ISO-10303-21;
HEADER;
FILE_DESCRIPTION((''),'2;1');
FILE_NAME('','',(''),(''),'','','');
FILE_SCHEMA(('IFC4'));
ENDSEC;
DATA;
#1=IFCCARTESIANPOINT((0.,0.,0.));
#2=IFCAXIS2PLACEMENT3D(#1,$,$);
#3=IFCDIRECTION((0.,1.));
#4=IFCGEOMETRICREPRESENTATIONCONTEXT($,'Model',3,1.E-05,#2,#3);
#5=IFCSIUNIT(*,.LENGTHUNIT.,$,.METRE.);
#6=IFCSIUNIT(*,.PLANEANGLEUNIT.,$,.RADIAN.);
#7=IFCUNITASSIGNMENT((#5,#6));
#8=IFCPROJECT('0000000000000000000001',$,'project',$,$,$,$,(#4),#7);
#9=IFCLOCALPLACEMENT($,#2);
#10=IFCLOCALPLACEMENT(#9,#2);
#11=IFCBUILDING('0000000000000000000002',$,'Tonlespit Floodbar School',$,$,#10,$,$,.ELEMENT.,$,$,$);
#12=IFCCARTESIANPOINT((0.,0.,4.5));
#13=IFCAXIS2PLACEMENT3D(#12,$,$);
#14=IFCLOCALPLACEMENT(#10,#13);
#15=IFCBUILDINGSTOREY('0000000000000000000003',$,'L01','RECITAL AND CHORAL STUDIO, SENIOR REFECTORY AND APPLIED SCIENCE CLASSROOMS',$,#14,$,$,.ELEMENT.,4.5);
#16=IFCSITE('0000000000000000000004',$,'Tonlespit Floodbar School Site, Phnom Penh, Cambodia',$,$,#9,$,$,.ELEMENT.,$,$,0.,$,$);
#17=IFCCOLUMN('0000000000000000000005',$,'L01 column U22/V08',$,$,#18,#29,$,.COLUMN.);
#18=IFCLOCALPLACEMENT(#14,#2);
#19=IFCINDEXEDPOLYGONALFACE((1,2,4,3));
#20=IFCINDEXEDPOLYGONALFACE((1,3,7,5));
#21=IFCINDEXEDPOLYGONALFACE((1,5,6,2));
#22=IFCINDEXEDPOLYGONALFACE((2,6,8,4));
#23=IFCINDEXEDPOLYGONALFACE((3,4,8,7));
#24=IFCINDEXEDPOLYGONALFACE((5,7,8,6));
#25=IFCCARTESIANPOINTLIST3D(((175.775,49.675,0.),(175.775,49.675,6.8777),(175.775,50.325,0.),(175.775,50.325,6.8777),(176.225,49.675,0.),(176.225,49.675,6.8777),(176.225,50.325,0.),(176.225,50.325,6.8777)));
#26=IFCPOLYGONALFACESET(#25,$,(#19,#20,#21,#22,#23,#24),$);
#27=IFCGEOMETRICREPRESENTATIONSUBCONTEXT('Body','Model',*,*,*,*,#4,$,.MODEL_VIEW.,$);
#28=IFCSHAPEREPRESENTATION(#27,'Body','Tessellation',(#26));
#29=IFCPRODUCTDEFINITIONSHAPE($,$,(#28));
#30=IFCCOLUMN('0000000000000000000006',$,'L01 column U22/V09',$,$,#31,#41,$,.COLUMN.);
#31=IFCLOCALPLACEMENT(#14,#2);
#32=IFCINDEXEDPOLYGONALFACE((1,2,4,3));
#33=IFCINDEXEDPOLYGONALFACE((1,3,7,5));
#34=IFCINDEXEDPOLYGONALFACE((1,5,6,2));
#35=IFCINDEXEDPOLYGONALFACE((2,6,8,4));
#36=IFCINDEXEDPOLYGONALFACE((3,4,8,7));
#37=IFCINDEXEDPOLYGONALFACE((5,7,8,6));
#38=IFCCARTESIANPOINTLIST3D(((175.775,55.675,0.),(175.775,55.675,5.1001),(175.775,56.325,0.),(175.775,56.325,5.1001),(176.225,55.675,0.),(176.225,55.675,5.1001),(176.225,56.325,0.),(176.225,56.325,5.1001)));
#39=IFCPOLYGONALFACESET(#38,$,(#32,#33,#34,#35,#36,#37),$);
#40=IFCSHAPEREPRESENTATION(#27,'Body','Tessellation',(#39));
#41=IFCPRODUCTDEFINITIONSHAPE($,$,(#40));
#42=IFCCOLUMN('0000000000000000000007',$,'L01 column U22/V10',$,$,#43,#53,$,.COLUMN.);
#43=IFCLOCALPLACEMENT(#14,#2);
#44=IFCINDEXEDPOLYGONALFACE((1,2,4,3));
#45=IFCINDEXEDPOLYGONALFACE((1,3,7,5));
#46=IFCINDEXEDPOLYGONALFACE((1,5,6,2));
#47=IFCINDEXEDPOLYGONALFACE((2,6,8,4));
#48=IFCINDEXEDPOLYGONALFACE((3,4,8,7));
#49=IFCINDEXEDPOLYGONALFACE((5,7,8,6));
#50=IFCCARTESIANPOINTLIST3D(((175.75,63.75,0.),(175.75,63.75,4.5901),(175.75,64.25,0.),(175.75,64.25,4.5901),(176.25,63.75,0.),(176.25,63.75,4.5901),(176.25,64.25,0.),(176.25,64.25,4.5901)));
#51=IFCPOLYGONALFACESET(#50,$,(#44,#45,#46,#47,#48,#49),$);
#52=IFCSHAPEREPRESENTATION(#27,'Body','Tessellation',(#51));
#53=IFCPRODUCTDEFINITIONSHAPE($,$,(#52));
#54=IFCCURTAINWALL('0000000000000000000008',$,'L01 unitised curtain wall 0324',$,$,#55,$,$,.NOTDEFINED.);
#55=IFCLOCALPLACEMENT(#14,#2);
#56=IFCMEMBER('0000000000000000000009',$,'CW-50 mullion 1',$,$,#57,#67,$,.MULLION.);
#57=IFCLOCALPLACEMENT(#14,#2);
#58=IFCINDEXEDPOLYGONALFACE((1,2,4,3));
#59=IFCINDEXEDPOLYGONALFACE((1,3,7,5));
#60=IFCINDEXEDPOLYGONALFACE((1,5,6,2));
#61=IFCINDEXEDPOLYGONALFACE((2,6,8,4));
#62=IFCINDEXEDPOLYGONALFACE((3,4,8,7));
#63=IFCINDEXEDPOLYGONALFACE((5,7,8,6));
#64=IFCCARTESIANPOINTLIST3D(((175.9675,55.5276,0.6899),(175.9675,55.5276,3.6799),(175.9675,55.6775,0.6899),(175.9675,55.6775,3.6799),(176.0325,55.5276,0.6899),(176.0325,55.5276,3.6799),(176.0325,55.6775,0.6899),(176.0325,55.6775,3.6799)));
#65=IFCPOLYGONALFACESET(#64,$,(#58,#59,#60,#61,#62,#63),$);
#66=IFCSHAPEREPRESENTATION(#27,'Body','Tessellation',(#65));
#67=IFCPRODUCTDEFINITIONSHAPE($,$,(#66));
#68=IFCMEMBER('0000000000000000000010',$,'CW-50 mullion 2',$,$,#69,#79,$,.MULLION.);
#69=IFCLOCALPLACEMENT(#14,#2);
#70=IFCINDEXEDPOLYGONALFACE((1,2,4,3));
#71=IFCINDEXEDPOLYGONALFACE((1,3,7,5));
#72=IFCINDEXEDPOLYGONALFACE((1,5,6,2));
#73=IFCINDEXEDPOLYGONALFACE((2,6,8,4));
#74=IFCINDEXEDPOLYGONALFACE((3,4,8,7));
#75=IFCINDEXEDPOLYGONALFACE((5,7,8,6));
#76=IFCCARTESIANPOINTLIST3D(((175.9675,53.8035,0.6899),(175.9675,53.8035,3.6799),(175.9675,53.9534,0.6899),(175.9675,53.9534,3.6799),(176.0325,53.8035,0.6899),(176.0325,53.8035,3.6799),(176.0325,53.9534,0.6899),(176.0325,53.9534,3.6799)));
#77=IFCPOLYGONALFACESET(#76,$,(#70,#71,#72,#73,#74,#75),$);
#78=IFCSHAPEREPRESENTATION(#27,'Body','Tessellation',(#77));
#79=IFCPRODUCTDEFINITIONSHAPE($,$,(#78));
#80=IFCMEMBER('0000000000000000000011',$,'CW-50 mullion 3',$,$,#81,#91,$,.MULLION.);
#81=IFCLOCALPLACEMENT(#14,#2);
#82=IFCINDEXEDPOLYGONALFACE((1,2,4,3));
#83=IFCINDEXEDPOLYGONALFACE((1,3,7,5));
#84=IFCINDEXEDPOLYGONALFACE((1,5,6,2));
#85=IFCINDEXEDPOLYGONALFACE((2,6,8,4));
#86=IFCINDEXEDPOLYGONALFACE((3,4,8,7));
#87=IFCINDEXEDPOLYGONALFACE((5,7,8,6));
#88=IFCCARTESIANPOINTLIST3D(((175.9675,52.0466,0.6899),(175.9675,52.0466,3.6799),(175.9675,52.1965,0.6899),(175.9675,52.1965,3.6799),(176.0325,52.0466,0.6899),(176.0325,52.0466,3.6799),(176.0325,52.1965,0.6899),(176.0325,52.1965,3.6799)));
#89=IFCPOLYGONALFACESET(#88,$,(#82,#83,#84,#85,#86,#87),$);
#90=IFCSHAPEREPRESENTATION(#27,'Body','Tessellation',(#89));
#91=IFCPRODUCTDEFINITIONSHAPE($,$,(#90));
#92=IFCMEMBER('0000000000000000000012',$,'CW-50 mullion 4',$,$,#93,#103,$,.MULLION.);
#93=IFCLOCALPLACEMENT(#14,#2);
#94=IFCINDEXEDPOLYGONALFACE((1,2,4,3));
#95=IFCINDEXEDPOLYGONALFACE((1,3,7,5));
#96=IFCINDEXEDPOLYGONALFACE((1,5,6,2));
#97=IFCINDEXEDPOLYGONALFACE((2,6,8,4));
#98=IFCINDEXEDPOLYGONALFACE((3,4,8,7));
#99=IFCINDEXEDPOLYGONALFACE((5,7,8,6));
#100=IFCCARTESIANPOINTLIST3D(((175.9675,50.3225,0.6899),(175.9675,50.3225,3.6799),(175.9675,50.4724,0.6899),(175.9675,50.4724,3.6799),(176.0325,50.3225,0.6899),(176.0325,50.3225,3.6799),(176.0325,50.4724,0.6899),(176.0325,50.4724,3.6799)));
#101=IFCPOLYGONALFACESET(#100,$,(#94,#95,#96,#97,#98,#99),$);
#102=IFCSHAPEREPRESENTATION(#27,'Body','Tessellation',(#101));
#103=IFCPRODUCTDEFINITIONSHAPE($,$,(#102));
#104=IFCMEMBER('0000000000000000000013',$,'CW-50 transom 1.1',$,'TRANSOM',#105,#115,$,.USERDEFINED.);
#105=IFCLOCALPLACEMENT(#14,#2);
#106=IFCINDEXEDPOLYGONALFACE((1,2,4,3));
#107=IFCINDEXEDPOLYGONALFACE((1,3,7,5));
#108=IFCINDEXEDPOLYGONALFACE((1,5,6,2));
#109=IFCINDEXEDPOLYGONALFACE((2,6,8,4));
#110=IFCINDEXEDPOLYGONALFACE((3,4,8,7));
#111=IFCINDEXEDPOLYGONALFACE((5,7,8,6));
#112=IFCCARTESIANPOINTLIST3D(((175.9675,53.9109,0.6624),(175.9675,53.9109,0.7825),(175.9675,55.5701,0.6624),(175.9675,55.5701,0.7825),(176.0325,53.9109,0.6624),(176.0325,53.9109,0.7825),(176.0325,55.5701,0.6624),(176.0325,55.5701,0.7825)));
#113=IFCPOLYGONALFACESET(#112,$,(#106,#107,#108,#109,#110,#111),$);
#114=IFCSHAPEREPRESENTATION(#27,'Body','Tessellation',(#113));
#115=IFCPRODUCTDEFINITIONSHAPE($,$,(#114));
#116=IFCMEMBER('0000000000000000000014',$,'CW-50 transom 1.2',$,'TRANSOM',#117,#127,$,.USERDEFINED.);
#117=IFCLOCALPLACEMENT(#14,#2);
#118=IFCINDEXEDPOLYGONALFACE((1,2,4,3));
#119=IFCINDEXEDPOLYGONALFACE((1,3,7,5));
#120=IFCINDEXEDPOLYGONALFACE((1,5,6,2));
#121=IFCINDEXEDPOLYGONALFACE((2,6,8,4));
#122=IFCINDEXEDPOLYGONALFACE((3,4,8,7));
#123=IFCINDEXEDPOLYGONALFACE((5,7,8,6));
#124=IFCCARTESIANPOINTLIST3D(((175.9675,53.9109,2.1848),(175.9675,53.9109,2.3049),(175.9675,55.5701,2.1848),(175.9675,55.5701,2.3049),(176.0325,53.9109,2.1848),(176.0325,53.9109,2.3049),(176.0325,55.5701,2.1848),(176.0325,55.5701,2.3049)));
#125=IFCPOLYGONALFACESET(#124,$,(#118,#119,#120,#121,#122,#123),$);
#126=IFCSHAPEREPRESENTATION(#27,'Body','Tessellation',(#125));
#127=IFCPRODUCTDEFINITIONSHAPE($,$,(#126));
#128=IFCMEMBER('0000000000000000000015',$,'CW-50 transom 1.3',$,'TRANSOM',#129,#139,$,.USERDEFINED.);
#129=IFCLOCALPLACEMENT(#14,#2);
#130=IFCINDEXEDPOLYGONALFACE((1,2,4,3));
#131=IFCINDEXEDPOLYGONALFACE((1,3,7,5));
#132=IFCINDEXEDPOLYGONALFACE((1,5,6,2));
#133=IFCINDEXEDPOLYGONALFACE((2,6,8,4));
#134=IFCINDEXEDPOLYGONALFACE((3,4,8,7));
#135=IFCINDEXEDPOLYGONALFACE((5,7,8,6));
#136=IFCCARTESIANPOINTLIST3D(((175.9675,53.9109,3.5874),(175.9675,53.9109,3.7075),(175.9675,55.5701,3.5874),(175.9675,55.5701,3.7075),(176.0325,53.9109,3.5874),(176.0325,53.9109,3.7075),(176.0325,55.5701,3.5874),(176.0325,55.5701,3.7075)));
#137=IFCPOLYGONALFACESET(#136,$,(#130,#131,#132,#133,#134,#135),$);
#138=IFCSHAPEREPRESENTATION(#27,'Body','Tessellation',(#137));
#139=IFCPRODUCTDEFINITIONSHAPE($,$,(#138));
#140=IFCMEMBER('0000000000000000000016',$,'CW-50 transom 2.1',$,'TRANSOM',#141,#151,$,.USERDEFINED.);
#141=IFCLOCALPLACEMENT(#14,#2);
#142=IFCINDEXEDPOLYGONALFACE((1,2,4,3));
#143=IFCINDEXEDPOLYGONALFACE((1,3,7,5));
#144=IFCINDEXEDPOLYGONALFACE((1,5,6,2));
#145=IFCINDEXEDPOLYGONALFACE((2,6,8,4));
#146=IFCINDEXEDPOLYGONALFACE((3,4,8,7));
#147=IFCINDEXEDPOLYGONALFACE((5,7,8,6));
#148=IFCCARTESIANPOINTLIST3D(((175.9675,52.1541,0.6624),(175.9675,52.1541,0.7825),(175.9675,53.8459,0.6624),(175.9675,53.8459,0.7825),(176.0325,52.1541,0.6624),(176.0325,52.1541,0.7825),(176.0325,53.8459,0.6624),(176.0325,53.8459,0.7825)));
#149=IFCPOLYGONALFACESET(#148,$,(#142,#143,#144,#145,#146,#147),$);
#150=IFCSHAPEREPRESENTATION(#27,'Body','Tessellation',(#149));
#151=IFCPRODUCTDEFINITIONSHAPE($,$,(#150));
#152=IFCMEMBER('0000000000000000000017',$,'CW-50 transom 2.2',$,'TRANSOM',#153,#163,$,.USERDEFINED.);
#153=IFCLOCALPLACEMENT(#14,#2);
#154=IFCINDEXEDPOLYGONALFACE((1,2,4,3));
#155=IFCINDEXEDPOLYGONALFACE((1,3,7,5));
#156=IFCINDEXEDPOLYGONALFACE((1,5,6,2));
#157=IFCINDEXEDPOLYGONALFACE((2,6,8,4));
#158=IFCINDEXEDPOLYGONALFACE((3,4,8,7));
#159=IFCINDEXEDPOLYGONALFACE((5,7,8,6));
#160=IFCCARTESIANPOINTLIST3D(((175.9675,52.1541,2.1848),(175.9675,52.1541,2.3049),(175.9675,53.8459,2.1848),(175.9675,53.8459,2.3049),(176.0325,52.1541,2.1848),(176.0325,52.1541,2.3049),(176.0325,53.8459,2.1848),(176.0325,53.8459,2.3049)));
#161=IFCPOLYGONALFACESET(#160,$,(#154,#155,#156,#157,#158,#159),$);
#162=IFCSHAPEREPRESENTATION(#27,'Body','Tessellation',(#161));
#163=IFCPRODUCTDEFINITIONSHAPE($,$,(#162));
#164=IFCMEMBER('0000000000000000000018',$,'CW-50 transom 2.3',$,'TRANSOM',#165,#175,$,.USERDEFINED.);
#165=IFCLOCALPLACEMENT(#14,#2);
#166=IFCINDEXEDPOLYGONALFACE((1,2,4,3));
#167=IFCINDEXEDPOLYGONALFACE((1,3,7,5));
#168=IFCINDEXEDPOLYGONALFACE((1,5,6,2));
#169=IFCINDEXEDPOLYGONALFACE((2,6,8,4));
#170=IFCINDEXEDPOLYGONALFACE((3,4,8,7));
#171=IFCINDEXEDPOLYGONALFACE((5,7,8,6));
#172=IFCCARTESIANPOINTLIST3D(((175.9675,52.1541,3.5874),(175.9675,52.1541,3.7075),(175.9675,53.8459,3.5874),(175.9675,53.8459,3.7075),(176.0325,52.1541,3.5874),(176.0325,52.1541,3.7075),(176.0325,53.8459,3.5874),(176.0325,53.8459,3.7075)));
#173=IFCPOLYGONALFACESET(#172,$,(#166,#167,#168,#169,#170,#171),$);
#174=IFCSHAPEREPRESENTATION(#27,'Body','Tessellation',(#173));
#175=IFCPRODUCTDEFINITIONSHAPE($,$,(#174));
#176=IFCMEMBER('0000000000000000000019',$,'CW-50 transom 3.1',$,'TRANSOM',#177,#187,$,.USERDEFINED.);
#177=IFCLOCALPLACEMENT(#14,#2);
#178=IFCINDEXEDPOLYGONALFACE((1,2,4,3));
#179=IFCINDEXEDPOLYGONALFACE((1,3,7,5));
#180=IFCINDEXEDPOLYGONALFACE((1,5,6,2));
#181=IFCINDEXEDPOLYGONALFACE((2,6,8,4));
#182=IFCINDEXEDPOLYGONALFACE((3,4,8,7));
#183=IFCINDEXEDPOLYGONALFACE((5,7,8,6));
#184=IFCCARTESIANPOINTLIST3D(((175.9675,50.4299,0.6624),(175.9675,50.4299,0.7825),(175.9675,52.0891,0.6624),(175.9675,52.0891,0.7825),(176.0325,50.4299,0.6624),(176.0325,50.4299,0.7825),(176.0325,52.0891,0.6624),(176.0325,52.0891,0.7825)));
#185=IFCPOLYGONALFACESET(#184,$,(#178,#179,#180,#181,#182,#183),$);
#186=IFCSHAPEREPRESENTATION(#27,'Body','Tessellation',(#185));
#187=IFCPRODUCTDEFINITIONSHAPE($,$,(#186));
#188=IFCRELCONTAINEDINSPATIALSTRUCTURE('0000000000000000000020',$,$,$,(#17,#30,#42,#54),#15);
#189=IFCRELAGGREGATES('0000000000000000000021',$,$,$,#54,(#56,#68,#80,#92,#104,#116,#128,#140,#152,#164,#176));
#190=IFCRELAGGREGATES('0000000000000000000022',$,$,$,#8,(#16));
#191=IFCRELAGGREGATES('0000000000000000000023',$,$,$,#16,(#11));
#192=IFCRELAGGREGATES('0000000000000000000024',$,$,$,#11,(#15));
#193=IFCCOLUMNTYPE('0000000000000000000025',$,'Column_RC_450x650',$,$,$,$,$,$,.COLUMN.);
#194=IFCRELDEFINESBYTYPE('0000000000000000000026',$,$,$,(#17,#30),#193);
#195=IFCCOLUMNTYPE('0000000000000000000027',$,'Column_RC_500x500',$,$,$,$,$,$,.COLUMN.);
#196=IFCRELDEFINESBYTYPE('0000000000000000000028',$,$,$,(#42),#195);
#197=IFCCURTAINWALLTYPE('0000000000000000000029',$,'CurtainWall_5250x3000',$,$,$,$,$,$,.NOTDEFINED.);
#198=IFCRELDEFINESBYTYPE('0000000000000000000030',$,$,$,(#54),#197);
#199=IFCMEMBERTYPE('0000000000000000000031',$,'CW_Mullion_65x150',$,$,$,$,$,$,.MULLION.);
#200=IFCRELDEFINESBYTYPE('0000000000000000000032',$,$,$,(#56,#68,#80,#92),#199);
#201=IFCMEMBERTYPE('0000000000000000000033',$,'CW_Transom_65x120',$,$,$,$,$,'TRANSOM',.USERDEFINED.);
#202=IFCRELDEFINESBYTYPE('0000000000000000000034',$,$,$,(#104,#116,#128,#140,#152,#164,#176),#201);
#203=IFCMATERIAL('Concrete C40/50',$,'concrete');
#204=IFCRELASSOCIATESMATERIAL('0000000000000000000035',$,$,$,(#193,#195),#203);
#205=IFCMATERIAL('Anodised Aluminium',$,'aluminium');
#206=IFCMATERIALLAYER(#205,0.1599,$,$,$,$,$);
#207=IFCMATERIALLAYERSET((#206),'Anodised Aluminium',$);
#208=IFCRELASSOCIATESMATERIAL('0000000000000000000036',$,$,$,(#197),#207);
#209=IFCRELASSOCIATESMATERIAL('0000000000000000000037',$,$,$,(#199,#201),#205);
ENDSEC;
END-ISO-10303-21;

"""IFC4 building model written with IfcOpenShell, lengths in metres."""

from ifc_helpers import new_model, si_unit, direction, frame, origin, origin_2d, place, context, subcontext, project, spatial, rectangle, extrude, material, layer, layer_set, material_profile, profile_set, type_object, element, aggregate, save


model = new_model("IFC4")

# Units and contexts
model_context = context("Model", 3, precision=1e-05, world=origin(), true_north=direction((0.0, 1.0)))
body_context = subcontext(model_context, "Body", "Model", "MODEL_VIEW")
ifc_project = project(units=[si_unit("LENGTHUNIT", "METRE"), si_unit("PLANEANGLEUNIT", "RADIAN")], contexts=[model_context])

# Site, building, storey
site_placement = place(None, origin())
site = spatial("IfcSite", under=ifc_project, at=site_placement, Name="Tonlespit Floodbar School Site, Phnom Penh, Cambodia", CompositionType="ELEMENT", RefElevation=0.0)
building_placement = place(site_placement, origin())
building = spatial("IfcBuilding", under=site, at=building_placement, Name="Tonlespit Floodbar School", CompositionType="ELEMENT")
storey_placement = place(building_placement, frame((0.0, 0.0, 4.5)))
storey = spatial("IfcBuildingStorey", under=building, at=storey_placement, Name="L01", Description="RECITAL AND CHORAL STUDIO, SENIOR REFECTORY AND APPLIED SCIENCE CLASSROOMS", CompositionType="ELEMENT", Elevation=4.5)

# Columns
ifc_material_1 = material(Name="Concrete C40/50", Category="concrete")
ifc_material_profile_1 = material_profile(ifc_material_1, rectangle(XDim=0.45, YDim=0.6499, at=origin_2d()), Name="RC 450x650")
ifc_profile_set_1 = profile_set([ifc_material_profile_1], Name="Concrete C40/50")
column_type_1 = type_object("IfcColumnType", Name="Column_RC_450x650", PredefinedType="COLUMN", material=ifc_profile_set_1)
column_1_placement = place(storey_placement, frame((176.0, 50.0, 0.0), z_axis=(0.0, 0.0, 1.0), x_axis=(1.0, 0.0, 0.0)))
element("IfcColumn", 1, at=column_1_placement, inside=storey, type_object=column_type_1, Name="L01 column U22/V08", PredefinedType="COLUMN", context=body_context, shape_type="SweptSolid", body=[
    extrude(rectangle(XDim=0.45, YDim=0.6499, at=origin_2d()), origin(), (0.0, 0.0, 1.0), 6.8777),
])
column_2_placement = place(storey_placement, frame((176.0, 56.0, 0.0), z_axis=(0.0, 0.0, 1.0), x_axis=(1.0, 0.0, 0.0)))
element("IfcColumn", 2, at=column_2_placement, inside=storey, type_object=column_type_1, Name="L01 column U22/V09", PredefinedType="COLUMN", context=body_context, shape_type="SweptSolid", body=[
    extrude(rectangle(XDim=0.45, YDim=0.6499, at=origin_2d()), origin(), (0.0, 0.0, 1.0), 5.1001),
])
ifc_material_profile_2 = material_profile(ifc_material_1, rectangle(XDim=0.5, YDim=0.5, at=origin_2d()), Name="RC 500x500")
ifc_profile_set_2 = profile_set([ifc_material_profile_2], Name="Concrete C40/50")
column_type_2 = type_object("IfcColumnType", Name="Column_RC_500x500", PredefinedType="COLUMN", material=ifc_profile_set_2)
column_3_placement = place(storey_placement, frame((176.0, 64.0, 0.0), z_axis=(0.0, 0.0, 1.0), x_axis=(1.0, 0.0, 0.0)))
element("IfcColumn", 3, at=column_3_placement, inside=storey, type_object=column_type_2, Name="L01 column U22/V10", PredefinedType="COLUMN", context=body_context, shape_type="SweptSolid", body=[
    extrude(rectangle(XDim=0.5, YDim=0.5, at=origin_2d()), origin(), (0.0, 0.0, 1.0), 4.5901),
])

# Curtain wall, members
ifc_material_2 = material(Name="Anodised Aluminium", Category="aluminium")
ifc_layer_1 = layer(ifc_material_2, 0.1599)
ifc_layer_set_1 = layer_set([ifc_layer_1], Name="Anodised Aluminium")
curtain_wall_type = type_object("IfcCurtainWallType", Name="CurtainWall_5250x3000", PredefinedType="NOTDEFINED", material=ifc_layer_set_1)
curtain_wall_placement = place(storey_placement, origin())
curtain_wall = element("IfcCurtainWall", 4, at=curtain_wall_placement, inside=storey, type_object=curtain_wall_type, Name="L01 unitised curtain wall 0324", PredefinedType="NOTDEFINED")
ifc_material_profile_3 = material_profile(ifc_material_2, rectangle(XDim=0.0649, YDim=0.1499, at=origin_2d()), Name="ALU M65x150")
ifc_profile_set_3 = profile_set([ifc_material_profile_3], Name="Anodised Aluminium")
member_type_1 = type_object("IfcMemberType", Name="CW_Mullion_65x150", PredefinedType="MULLION", material=ifc_profile_set_3)
member_1_placement = place(storey_placement, frame((176.0, 55.6025, 0.6899), z_axis=(0.0, 0.0, 1.0), x_axis=(1.0, 0.0, 0.0)))
member_1 = element("IfcMember", 5, at=member_1_placement, type_object=member_type_1, Name="CW-50 mullion 1", PredefinedType="MULLION", context=body_context, shape_type="SweptSolid", body=[
    extrude(rectangle(XDim=0.0649, YDim=0.1499, at=origin_2d()), origin(), (0.0, 0.0, 1.0), 2.99),
])
member_2_placement = place(storey_placement, frame((176.0, 53.8784, 0.6899), z_axis=(0.0, 0.0, 1.0), x_axis=(1.0, 0.0, 0.0)))
member_2 = element("IfcMember", 6, at=member_2_placement, type_object=member_type_1, Name="CW-50 mullion 2", PredefinedType="MULLION", context=body_context, shape_type="SweptSolid", body=[
    extrude(rectangle(XDim=0.0649, YDim=0.1499, at=origin_2d()), origin(), (0.0, 0.0, 1.0), 2.99),
])
member_3_placement = place(storey_placement, frame((176.0, 52.1216, 0.6899), z_axis=(0.0, 0.0, 1.0), x_axis=(1.0, 0.0, 0.0)))
member_3 = element("IfcMember", 7, at=member_3_placement, type_object=member_type_1, Name="CW-50 mullion 3", PredefinedType="MULLION", context=body_context, shape_type="SweptSolid", body=[
    extrude(rectangle(XDim=0.0649, YDim=0.1499, at=origin_2d()), origin(), (0.0, 0.0, 1.0), 2.99),
])
member_4_placement = place(storey_placement, frame((176.0, 50.3975, 0.6899), z_axis=(0.0, 0.0, 1.0), x_axis=(1.0, 0.0, 0.0)))
member_4 = element("IfcMember", 8, at=member_4_placement, type_object=member_type_1, Name="CW-50 mullion 4", PredefinedType="MULLION", context=body_context, shape_type="SweptSolid", body=[
    extrude(rectangle(XDim=0.0649, YDim=0.1499, at=origin_2d()), origin(), (0.0, 0.0, 1.0), 2.99),
])
ifc_material_profile_4 = material_profile(ifc_material_2, rectangle(XDim=0.0649, YDim=0.1201, at=origin_2d()), Name="ALU T65x120")
ifc_profile_set_4 = profile_set([ifc_material_profile_4], Name="Anodised Aluminium")
member_type_2 = type_object("IfcMemberType", Name="CW_Transom_65x120", ElementType="TRANSOM", PredefinedType="USERDEFINED", material=ifc_profile_set_4)
member_5_placement = place(storey_placement, frame((176.0, 55.5701, 0.7224), z_axis=(0.0, -1.0, 0.0), x_axis=(1.0, 0.0, 0.0)))
member_5 = element("IfcMember", 9, at=member_5_placement, type_object=member_type_2, Name="CW-50 transom 1.1", ObjectType="TRANSOM", PredefinedType="USERDEFINED", context=body_context, shape_type="SweptSolid", body=[
    extrude(rectangle(XDim=0.0649, YDim=0.1201, at=origin_2d()), origin(), (0.0, 0.0, 1.0), 1.6592),
])
member_6_placement = place(storey_placement, frame((176.0, 55.5701, 2.2449), z_axis=(0.0, -1.0, 0.0), x_axis=(1.0, 0.0, 0.0)))
member_6 = element("IfcMember", 10, at=member_6_placement, type_object=member_type_2, Name="CW-50 transom 1.2", ObjectType="TRANSOM", PredefinedType="USERDEFINED", context=body_context, shape_type="SweptSolid", body=[
    extrude(rectangle(XDim=0.0649, YDim=0.1201, at=origin_2d()), origin(), (0.0, 0.0, 1.0), 1.6592),
])
member_7_placement = place(storey_placement, frame((176.0, 55.5701, 3.6475), z_axis=(0.0, -1.0, 0.0), x_axis=(1.0, 0.0, 0.0)))
member_7 = element("IfcMember", 11, at=member_7_placement, type_object=member_type_2, Name="CW-50 transom 1.3", ObjectType="TRANSOM", PredefinedType="USERDEFINED", context=body_context, shape_type="SweptSolid", body=[
    extrude(rectangle(XDim=0.0649, YDim=0.1201, at=origin_2d()), origin(), (0.0, 0.0, 1.0), 1.6592),
])
member_8_placement = place(storey_placement, frame((176.0, 53.8459, 0.7224), z_axis=(0.0, -1.0, 0.0), x_axis=(1.0, 0.0, 0.0)))
member_8 = element("IfcMember", 12, at=member_8_placement, type_object=member_type_2, Name="CW-50 transom 2.1", ObjectType="TRANSOM", PredefinedType="USERDEFINED", context=body_context, shape_type="SweptSolid", body=[
    extrude(rectangle(XDim=0.0649, YDim=0.1201, at=origin_2d()), origin(), (0.0, 0.0, 1.0), 1.6919),
])
member_9_placement = place(storey_placement, frame((176.0, 53.8459, 2.2449), z_axis=(0.0, -1.0, 0.0), x_axis=(1.0, 0.0, 0.0)))
member_9 = element("IfcMember", 13, at=member_9_placement, type_object=member_type_2, Name="CW-50 transom 2.2", ObjectType="TRANSOM", PredefinedType="USERDEFINED", context=body_context, shape_type="SweptSolid", body=[
    extrude(rectangle(XDim=0.0649, YDim=0.1201, at=origin_2d()), origin(), (0.0, 0.0, 1.0), 1.6919),
])
member_10_placement = place(storey_placement, frame((176.0, 53.8459, 3.6475), z_axis=(0.0, -1.0, 0.0), x_axis=(1.0, 0.0, 0.0)))
member_10 = element("IfcMember", 14, at=member_10_placement, type_object=member_type_2, Name="CW-50 transom 2.3", ObjectType="TRANSOM", PredefinedType="USERDEFINED", context=body_context, shape_type="SweptSolid", body=[
    extrude(rectangle(XDim=0.0649, YDim=0.1201, at=origin_2d()), origin(), (0.0, 0.0, 1.0), 1.6919),
])
member_11_placement = place(storey_placement, frame((176.0, 52.0891, 0.7224), z_axis=(0.0, -1.0, 0.0), x_axis=(1.0, 0.0, 0.0)))
member_11 = element("IfcMember", 15, at=member_11_placement, type_object=member_type_2, Name="CW-50 transom 3.1", ObjectType="TRANSOM", PredefinedType="USERDEFINED", context=body_context, shape_type="SweptSolid", body=[
    extrude(rectangle(XDim=0.0649, YDim=0.1201, at=origin_2d()), origin(), (0.0, 0.0, 1.0), 1.6592),
])

aggregate(curtain_wall, [member_1, member_2, member_3, member_4, member_5, member_6, member_7, member_8, member_9, member_10, member_11])

save(model, "model.ifc")
